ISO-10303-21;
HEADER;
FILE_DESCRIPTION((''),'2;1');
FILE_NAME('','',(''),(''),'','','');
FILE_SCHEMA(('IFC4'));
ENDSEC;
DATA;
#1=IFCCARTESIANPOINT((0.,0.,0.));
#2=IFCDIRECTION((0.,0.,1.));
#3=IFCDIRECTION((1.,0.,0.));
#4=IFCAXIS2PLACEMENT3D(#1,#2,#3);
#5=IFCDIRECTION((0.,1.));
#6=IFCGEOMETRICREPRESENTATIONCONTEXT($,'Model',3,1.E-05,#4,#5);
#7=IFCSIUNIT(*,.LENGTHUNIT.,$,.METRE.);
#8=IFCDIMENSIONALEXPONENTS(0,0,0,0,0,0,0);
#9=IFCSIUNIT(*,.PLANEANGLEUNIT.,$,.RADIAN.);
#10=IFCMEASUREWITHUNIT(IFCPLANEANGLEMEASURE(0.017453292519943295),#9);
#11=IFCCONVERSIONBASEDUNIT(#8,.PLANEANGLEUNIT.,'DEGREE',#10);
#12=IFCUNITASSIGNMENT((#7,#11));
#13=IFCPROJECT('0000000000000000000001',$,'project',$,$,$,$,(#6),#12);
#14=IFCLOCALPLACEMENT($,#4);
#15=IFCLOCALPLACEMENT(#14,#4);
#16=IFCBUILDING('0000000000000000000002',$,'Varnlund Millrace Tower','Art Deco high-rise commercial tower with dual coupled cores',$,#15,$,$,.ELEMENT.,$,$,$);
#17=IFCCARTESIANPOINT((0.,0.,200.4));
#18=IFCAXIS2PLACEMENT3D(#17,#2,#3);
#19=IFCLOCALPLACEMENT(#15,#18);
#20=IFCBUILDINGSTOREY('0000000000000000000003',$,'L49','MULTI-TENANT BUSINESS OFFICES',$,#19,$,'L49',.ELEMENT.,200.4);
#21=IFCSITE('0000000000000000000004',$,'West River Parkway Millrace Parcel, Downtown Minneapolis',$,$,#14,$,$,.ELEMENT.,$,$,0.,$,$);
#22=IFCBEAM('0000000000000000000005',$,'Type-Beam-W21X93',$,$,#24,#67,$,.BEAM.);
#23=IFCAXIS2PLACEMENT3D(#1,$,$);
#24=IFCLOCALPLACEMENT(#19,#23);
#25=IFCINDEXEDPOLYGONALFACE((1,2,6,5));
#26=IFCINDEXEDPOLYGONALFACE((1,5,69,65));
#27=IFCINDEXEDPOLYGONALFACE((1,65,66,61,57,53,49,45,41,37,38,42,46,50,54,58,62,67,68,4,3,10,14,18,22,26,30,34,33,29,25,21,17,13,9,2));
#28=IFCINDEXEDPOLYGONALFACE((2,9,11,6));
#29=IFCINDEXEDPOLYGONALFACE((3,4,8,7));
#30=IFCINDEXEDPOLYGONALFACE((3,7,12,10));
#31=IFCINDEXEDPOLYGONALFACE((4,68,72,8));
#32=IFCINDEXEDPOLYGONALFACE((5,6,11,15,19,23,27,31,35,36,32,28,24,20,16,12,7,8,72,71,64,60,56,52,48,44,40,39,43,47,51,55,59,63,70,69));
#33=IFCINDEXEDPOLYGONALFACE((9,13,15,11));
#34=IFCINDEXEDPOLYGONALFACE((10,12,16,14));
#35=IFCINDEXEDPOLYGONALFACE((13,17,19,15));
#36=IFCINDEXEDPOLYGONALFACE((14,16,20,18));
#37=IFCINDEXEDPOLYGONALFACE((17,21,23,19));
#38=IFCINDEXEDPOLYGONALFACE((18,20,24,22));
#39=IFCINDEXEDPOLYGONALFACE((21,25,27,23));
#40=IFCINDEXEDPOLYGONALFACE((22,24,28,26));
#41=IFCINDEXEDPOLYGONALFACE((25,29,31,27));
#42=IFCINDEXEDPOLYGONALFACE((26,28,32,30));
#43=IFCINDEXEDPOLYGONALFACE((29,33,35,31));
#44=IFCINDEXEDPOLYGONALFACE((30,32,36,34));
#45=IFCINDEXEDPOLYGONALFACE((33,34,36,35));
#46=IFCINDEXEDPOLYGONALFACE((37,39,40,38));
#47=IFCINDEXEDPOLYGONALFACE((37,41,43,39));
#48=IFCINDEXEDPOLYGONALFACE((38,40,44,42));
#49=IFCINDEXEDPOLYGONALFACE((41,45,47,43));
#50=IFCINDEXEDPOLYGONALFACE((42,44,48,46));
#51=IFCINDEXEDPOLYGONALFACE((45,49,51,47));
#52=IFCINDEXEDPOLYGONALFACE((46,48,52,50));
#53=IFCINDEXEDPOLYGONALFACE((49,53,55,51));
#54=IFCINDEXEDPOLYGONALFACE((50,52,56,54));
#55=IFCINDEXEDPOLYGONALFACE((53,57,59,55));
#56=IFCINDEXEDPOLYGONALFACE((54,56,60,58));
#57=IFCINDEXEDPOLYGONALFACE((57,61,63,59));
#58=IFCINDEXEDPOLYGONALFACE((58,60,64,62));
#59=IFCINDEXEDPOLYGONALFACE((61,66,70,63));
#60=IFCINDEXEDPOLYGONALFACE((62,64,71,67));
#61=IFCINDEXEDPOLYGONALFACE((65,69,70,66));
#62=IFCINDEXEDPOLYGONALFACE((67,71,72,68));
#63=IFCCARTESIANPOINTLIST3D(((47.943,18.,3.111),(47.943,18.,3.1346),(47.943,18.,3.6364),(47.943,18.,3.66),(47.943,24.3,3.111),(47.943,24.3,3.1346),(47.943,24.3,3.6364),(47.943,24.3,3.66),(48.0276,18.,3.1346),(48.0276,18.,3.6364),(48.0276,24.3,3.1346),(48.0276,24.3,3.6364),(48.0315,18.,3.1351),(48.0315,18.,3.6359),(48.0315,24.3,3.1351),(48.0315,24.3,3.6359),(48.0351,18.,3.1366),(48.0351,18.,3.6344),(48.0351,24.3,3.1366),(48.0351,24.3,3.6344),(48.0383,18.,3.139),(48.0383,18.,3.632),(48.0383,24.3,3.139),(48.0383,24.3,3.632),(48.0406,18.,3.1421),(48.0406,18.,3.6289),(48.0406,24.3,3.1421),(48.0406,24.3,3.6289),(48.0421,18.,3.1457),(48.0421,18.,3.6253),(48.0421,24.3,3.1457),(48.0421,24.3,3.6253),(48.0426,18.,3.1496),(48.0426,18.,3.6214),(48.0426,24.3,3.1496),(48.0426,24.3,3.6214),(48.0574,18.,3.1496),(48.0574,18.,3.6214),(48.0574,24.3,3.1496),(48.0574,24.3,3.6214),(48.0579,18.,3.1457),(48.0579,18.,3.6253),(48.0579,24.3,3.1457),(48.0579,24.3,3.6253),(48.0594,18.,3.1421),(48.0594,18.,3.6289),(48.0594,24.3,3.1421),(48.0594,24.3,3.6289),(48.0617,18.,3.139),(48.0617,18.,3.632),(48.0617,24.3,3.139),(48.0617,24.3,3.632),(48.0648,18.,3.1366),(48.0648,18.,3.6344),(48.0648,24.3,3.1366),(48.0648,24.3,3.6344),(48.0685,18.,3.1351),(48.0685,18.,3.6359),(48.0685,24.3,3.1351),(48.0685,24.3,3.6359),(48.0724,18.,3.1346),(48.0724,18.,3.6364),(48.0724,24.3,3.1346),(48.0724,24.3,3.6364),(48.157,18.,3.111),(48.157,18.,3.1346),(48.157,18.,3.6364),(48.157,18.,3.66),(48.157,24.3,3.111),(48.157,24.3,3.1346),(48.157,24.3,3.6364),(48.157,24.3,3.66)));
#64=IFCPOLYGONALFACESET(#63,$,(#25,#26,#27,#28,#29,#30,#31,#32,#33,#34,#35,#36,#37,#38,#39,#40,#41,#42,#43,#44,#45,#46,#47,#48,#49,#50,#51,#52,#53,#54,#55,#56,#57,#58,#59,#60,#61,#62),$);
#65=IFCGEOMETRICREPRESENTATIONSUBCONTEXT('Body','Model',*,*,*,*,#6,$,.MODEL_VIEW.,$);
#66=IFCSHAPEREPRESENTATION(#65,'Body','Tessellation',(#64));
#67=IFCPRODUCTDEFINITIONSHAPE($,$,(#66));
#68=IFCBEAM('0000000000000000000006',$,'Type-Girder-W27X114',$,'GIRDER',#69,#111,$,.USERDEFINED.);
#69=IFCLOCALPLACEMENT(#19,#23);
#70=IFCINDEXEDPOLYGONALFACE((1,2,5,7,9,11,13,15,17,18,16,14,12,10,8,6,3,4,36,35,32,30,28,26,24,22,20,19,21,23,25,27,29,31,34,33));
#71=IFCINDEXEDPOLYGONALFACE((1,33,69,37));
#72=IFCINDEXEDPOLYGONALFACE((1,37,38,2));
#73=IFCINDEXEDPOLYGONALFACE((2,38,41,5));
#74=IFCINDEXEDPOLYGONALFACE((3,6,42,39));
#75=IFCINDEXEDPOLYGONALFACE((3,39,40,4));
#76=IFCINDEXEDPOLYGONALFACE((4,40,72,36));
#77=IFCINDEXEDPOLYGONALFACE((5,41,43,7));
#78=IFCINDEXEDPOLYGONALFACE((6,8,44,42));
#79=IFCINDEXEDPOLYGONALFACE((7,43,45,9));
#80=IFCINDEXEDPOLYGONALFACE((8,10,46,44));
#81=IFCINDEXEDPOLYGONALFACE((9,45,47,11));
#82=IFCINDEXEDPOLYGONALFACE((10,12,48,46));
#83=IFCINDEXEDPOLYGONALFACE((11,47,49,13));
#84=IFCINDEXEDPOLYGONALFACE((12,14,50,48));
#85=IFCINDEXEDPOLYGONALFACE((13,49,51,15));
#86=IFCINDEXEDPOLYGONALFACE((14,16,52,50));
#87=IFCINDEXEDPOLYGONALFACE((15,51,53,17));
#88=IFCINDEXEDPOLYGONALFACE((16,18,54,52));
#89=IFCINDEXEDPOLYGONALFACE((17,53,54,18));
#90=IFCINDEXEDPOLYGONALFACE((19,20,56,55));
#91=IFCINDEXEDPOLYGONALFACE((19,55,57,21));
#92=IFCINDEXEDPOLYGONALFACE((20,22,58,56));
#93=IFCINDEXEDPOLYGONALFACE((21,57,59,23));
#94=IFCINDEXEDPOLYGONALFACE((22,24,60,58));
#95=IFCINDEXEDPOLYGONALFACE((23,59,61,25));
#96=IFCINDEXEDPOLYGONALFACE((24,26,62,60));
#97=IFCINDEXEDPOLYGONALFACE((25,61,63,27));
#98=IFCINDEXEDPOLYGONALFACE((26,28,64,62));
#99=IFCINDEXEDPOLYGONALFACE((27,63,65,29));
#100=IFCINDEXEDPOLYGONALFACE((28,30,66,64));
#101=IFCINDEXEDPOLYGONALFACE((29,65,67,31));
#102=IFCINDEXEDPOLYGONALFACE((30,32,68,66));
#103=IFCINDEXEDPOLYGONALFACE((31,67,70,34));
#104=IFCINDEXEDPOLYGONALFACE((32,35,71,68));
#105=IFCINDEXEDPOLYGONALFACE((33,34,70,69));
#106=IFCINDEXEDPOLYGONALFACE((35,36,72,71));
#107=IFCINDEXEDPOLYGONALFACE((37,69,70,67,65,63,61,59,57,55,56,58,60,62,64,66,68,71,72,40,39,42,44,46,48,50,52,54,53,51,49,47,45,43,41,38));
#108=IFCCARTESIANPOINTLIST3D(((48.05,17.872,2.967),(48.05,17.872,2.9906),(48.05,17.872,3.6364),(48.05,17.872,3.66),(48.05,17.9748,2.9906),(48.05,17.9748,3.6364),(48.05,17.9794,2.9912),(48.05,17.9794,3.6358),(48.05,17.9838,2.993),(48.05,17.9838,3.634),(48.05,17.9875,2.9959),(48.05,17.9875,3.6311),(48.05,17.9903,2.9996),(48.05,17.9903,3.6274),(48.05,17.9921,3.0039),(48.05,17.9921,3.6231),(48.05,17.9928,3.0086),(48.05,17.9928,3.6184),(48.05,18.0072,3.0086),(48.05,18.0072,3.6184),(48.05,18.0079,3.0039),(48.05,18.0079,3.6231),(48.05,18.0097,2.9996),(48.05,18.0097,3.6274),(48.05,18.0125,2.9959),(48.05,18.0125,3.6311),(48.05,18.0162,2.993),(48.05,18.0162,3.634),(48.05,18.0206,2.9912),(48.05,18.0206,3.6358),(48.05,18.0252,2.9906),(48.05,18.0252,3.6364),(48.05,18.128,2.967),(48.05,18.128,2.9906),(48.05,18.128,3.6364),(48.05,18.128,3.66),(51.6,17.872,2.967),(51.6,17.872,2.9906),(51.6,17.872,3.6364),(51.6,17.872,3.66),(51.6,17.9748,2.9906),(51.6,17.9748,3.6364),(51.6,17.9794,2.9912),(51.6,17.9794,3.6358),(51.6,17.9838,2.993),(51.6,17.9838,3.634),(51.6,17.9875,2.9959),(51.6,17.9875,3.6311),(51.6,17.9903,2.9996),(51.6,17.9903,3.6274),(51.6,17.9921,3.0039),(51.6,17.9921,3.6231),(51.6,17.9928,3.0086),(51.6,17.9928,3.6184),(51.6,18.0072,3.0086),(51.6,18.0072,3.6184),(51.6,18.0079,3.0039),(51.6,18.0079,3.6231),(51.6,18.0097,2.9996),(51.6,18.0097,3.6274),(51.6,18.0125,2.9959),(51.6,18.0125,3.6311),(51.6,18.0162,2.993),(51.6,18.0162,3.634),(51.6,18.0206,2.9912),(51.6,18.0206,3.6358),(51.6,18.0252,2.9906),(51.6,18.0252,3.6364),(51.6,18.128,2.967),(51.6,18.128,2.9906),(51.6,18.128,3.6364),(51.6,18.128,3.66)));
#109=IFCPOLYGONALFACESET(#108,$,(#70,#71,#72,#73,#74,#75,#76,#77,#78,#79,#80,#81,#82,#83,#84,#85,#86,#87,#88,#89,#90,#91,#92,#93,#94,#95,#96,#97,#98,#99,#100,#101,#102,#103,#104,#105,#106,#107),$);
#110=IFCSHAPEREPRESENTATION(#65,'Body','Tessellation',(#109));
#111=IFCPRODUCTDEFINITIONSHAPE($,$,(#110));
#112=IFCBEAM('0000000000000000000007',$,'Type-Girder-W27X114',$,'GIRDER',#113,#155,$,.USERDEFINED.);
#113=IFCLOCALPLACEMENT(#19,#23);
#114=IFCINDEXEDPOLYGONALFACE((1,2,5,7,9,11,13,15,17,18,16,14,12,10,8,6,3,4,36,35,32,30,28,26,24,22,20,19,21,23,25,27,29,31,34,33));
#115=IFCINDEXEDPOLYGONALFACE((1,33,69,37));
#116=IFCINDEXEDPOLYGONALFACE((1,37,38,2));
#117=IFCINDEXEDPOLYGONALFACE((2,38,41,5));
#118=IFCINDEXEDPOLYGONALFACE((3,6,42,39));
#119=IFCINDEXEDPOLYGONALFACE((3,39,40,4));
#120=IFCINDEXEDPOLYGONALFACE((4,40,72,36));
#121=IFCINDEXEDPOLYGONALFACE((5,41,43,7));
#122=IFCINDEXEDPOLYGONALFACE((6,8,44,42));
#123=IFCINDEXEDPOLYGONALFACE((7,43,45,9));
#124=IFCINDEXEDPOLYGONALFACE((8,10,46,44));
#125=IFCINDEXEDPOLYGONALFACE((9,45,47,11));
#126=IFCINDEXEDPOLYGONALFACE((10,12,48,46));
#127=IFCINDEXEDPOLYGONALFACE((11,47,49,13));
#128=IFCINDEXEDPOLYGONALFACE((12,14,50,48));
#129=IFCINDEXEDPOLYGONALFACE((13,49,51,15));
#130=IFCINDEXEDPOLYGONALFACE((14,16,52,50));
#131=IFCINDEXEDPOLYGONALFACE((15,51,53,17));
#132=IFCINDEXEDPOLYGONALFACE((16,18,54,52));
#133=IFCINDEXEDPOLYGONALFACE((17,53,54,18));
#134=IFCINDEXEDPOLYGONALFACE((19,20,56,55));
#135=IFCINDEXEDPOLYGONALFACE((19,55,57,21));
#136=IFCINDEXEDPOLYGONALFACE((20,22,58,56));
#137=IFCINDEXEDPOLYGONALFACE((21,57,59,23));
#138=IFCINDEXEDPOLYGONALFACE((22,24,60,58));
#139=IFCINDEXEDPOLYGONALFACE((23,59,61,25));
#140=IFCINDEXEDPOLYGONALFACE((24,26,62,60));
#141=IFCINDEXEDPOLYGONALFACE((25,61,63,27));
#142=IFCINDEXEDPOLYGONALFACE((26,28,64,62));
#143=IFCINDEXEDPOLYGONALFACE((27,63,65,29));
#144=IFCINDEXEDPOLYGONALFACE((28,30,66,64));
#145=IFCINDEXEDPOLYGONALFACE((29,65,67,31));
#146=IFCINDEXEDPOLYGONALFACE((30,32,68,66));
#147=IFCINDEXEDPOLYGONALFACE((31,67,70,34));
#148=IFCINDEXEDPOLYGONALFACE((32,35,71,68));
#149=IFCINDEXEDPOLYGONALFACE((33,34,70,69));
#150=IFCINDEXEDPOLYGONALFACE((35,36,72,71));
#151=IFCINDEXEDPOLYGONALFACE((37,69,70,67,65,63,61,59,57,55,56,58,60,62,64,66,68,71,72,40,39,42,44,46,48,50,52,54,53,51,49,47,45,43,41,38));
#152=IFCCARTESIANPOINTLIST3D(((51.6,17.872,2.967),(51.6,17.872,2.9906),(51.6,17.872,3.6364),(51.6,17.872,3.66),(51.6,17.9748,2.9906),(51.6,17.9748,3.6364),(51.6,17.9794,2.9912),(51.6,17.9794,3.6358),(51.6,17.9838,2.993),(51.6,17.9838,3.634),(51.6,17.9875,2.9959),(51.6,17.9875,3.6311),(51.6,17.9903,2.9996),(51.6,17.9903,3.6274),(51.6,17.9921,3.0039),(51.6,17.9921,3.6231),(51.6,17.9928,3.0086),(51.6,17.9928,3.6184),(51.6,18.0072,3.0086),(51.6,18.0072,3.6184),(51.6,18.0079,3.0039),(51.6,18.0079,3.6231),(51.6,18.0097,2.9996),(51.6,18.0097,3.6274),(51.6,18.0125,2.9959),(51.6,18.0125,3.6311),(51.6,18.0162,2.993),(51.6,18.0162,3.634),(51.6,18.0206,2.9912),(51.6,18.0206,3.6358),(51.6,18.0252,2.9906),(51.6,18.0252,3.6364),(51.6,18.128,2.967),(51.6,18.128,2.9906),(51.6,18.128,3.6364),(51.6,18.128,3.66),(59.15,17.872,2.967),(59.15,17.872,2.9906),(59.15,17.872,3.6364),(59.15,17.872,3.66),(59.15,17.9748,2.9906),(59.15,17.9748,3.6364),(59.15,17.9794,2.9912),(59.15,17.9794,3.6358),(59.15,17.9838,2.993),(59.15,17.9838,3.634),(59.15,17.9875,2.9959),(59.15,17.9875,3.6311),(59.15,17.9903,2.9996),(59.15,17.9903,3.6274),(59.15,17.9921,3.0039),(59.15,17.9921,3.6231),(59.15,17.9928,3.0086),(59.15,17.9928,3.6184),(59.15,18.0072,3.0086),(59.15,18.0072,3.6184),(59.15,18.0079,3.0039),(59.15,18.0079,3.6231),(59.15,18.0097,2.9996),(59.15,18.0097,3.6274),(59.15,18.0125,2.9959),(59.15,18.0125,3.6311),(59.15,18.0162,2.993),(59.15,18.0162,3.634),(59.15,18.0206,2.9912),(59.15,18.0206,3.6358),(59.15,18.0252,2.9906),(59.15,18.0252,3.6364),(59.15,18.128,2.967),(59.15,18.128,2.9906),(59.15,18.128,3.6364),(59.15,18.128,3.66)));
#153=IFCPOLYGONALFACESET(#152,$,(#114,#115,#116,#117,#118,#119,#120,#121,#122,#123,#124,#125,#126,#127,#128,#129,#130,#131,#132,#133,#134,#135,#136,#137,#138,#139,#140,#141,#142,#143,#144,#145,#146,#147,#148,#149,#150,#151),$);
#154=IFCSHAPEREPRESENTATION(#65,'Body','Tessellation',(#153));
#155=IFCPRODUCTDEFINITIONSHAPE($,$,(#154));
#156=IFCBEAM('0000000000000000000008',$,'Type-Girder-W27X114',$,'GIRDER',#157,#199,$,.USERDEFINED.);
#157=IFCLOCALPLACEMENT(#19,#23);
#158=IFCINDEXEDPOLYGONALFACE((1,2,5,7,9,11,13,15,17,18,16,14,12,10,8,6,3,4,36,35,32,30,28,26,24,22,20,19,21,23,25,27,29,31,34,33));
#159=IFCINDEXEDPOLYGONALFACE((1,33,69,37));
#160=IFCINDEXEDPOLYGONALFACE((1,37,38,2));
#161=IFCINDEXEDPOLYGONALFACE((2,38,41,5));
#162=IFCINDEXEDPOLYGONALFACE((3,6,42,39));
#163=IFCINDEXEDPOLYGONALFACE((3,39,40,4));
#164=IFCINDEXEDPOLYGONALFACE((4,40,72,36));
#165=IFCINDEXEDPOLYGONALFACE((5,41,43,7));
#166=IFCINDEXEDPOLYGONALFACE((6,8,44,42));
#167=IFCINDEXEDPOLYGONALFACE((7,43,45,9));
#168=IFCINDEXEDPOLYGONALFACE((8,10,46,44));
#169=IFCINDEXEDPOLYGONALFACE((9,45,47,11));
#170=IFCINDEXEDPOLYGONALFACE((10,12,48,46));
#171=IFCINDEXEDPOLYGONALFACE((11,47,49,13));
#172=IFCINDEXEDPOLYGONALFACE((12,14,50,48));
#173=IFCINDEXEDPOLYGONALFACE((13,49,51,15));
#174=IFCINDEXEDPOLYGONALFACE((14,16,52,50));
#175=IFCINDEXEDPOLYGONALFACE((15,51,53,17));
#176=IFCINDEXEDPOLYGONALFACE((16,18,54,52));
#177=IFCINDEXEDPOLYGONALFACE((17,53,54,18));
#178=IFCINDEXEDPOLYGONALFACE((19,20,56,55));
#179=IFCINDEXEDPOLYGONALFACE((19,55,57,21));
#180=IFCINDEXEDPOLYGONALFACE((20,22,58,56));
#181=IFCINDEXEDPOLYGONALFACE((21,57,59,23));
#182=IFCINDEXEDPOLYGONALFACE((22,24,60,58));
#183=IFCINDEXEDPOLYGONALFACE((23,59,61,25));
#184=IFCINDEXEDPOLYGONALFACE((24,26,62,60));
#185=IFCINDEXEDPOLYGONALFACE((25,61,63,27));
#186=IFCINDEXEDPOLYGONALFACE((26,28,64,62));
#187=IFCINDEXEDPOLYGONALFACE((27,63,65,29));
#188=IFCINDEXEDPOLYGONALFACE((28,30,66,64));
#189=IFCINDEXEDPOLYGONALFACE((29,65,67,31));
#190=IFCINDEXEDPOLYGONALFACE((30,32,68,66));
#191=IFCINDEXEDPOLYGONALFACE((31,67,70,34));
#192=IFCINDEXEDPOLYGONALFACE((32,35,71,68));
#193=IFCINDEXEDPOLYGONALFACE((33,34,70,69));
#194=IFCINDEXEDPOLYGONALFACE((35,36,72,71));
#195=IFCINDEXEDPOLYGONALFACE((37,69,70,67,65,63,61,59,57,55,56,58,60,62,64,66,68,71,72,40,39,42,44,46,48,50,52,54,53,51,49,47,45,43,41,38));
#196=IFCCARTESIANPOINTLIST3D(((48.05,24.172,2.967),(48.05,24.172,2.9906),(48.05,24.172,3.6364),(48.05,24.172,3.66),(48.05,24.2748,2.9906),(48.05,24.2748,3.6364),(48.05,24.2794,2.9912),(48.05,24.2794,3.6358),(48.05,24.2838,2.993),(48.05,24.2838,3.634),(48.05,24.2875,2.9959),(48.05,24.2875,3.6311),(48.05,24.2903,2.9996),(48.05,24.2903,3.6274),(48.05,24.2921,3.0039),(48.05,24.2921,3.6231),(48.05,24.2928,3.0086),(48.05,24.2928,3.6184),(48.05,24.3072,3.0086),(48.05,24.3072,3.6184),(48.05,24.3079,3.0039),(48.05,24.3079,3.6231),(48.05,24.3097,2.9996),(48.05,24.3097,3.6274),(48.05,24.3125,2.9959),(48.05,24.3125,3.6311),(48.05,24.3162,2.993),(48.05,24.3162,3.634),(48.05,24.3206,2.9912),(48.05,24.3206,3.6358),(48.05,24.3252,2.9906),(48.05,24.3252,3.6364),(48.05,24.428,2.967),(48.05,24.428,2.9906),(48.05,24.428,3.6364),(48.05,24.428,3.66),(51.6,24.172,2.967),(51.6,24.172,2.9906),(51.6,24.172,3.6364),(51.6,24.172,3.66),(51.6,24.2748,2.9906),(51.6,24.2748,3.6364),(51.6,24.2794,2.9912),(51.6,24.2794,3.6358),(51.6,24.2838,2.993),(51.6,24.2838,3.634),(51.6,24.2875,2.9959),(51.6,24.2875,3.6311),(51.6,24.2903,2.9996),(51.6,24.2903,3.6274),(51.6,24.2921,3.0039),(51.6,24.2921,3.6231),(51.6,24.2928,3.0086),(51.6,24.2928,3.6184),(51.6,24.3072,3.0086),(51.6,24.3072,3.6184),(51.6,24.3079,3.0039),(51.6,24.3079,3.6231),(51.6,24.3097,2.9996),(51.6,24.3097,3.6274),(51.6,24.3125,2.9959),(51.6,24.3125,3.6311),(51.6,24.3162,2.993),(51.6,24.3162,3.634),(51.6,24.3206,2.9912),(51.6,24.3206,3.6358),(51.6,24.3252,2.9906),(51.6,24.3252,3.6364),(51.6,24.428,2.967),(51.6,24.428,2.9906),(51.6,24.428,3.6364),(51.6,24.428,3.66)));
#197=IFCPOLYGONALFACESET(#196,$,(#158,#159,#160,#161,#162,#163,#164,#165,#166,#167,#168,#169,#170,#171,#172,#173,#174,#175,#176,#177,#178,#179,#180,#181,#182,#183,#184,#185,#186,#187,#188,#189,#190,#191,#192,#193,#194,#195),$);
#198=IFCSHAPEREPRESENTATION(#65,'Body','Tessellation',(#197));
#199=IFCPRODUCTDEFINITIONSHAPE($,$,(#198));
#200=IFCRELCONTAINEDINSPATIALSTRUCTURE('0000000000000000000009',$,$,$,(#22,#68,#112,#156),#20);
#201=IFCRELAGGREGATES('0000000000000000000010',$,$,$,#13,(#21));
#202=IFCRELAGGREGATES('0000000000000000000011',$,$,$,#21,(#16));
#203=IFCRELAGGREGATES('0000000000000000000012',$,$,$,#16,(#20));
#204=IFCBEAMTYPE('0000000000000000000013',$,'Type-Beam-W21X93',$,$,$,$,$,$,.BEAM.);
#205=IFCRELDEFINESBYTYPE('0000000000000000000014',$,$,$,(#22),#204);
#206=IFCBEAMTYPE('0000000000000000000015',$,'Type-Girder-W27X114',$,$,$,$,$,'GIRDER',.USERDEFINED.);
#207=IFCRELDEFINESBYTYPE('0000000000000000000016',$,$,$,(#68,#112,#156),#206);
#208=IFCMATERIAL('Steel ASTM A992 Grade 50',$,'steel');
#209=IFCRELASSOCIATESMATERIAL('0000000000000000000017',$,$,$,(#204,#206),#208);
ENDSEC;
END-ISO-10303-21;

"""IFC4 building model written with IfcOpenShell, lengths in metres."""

from ifc_helpers import new_model, entity, si_unit, converted_unit, direction, frame, origin_with_axes, origin_2d_with_axis, place, context, subcontext, project, spatial, i_section, extrude, material, material_profile, profile_set, type_object, element, save


model = new_model("IFC4")

# Units and contexts
model_context = context("Model", 3, precision=1e-05, world=origin_with_axes(), true_north=direction((0.0, 1.0)))
body_context = subcontext(model_context, "Body", "Model", "MODEL_VIEW")
ifc_project = project(units=[si_unit("LENGTHUNIT", "METRE"), converted_unit("PLANEANGLEUNIT", "DEGREE", entity("IfcPlaneAngleMeasure", 0.017453292519943295), si_unit("PLANEANGLEUNIT", "RADIAN"), dimensions=[0, 0, 0, 0, 0, 0, 0])], contexts=[model_context])

# Site, building, storey
site_placement = place(None, origin_with_axes())
site = spatial("IfcSite", under=ifc_project, at=site_placement, Name="West River Parkway Millrace Parcel, Downtown Minneapolis", CompositionType="ELEMENT", RefElevation=0.0)
building_placement = place(site_placement, origin_with_axes())
building = spatial("IfcBuilding", under=site, at=building_placement, Name="Varnlund Millrace Tower", Description="Art Deco high-rise commercial tower with dual coupled cores", CompositionType="ELEMENT")
storey_placement = place(building_placement, frame((0.0, 0.0, 200.4), z_axis=(0.0, 0.0, 1.0), x_axis=(1.0, 0.0, 0.0)))
storey = spatial("IfcBuildingStorey", under=building, at=storey_placement, Name="L49", Description="MULTI-TENANT BUSINESS OFFICES", LongName="L49", CompositionType="ELEMENT", Elevation=200.4)

# Beams
ifc_material_1 = material(Name="Steel ASTM A992 Grade 50", Category="steel")
ifc_material_profile_1 = material_profile(ifc_material_1, i_section(OverallWidth=0.214, OverallDepth=0.549, WebThickness=0.0147, FlangeThickness=0.0236, FilletRadius=0.015, at=origin_2d_with_axis()), Name="Steel ASTM A992 Grade 50")
ifc_profile_set_1 = profile_set([ifc_material_profile_1], Name="Steel ASTM A992 Grade 50")
beam_type_1 = type_object("IfcBeamType", Name="Type-Beam-W21X93", PredefinedType="BEAM", material=ifc_profile_set_1)
beam_1_placement = place(storey_placement, frame((48.05, 18.0, 3.3855), z_axis=(0.0, 1.0, 0.0), x_axis=(-1.0, 0.0, 0.0)))
element("IfcBeam", 1, at=beam_1_placement, inside=storey, type_object=beam_type_1, Name="Type-Beam-W21X93", PredefinedType="BEAM", context=body_context, shape_type="SweptSolid", body=[
    extrude(i_section(OverallWidth=0.214, OverallDepth=0.549, WebThickness=0.0147, FlangeThickness=0.0236, FilletRadius=0.015, at=origin_2d_with_axis()), origin_with_axes(), (0.0, 0.0, 1.0), 6.3),
])
ifc_material_profile_2 = material_profile(ifc_material_1, i_section(OverallWidth=0.256, OverallDepth=0.693, WebThickness=0.0145, FlangeThickness=0.0236, FilletRadius=0.018, at=origin_2d_with_axis()), Name="Steel ASTM A992 Grade 50")
ifc_profile_set_2 = profile_set([ifc_material_profile_2], Name="Steel ASTM A992 Grade 50")
beam_type_2 = type_object("IfcBeamType", Name="Type-Girder-W27X114", ElementType="GIRDER", PredefinedType="USERDEFINED", material=ifc_profile_set_2)
beam_2_placement = place(storey_placement, frame((48.05, 18.0, 3.3135), z_axis=(1.0, 0.0, 0.0), x_axis=(0.0, 1.0, 0.0)))
element("IfcBeam", 2, at=beam_2_placement, inside=storey, type_object=beam_type_2, Name="Type-Girder-W27X114", ObjectType="GIRDER", PredefinedType="USERDEFINED", context=body_context, shape_type="SweptSolid", body=[
    extrude(i_section(OverallWidth=0.256, OverallDepth=0.693, WebThickness=0.0145, FlangeThickness=0.0236, FilletRadius=0.018, at=origin_2d_with_axis()), origin_with_axes(), (0.0, 0.0, 1.0), 3.55),
])
beam_3_placement = place(storey_placement, frame((51.6, 18.0, 3.3135), z_axis=(1.0, 0.0, 0.0), x_axis=(0.0, 1.0, 0.0)))
element("IfcBeam", 3, at=beam_3_placement, inside=storey, type_object=beam_type_2, Name="Type-Girder-W27X114", ObjectType="GIRDER", PredefinedType="USERDEFINED", context=body_context, shape_type="SweptSolid", body=[
    extrude(i_section(OverallWidth=0.256, OverallDepth=0.693, WebThickness=0.0145, FlangeThickness=0.0236, FilletRadius=0.018, at=origin_2d_with_axis()), origin_with_axes(), (0.0, 0.0, 1.0), 7.55),
])
beam_4_placement = place(storey_placement, frame((48.05, 24.3, 3.3135), z_axis=(1.0, 0.0, 0.0), x_axis=(0.0, 1.0, 0.0)))
element("IfcBeam", 4, at=beam_4_placement, inside=storey, type_object=beam_type_2, Name="Type-Girder-W27X114", ObjectType="GIRDER", PredefinedType="USERDEFINED", context=body_context, shape_type="SweptSolid", body=[
    extrude(i_section(OverallWidth=0.256, OverallDepth=0.693, WebThickness=0.0145, FlangeThickness=0.0236, FilletRadius=0.018, at=origin_2d_with_axis()), origin_with_axes(), (0.0, 0.0, 1.0), 3.55),
])

save(model, "model.ifc")
